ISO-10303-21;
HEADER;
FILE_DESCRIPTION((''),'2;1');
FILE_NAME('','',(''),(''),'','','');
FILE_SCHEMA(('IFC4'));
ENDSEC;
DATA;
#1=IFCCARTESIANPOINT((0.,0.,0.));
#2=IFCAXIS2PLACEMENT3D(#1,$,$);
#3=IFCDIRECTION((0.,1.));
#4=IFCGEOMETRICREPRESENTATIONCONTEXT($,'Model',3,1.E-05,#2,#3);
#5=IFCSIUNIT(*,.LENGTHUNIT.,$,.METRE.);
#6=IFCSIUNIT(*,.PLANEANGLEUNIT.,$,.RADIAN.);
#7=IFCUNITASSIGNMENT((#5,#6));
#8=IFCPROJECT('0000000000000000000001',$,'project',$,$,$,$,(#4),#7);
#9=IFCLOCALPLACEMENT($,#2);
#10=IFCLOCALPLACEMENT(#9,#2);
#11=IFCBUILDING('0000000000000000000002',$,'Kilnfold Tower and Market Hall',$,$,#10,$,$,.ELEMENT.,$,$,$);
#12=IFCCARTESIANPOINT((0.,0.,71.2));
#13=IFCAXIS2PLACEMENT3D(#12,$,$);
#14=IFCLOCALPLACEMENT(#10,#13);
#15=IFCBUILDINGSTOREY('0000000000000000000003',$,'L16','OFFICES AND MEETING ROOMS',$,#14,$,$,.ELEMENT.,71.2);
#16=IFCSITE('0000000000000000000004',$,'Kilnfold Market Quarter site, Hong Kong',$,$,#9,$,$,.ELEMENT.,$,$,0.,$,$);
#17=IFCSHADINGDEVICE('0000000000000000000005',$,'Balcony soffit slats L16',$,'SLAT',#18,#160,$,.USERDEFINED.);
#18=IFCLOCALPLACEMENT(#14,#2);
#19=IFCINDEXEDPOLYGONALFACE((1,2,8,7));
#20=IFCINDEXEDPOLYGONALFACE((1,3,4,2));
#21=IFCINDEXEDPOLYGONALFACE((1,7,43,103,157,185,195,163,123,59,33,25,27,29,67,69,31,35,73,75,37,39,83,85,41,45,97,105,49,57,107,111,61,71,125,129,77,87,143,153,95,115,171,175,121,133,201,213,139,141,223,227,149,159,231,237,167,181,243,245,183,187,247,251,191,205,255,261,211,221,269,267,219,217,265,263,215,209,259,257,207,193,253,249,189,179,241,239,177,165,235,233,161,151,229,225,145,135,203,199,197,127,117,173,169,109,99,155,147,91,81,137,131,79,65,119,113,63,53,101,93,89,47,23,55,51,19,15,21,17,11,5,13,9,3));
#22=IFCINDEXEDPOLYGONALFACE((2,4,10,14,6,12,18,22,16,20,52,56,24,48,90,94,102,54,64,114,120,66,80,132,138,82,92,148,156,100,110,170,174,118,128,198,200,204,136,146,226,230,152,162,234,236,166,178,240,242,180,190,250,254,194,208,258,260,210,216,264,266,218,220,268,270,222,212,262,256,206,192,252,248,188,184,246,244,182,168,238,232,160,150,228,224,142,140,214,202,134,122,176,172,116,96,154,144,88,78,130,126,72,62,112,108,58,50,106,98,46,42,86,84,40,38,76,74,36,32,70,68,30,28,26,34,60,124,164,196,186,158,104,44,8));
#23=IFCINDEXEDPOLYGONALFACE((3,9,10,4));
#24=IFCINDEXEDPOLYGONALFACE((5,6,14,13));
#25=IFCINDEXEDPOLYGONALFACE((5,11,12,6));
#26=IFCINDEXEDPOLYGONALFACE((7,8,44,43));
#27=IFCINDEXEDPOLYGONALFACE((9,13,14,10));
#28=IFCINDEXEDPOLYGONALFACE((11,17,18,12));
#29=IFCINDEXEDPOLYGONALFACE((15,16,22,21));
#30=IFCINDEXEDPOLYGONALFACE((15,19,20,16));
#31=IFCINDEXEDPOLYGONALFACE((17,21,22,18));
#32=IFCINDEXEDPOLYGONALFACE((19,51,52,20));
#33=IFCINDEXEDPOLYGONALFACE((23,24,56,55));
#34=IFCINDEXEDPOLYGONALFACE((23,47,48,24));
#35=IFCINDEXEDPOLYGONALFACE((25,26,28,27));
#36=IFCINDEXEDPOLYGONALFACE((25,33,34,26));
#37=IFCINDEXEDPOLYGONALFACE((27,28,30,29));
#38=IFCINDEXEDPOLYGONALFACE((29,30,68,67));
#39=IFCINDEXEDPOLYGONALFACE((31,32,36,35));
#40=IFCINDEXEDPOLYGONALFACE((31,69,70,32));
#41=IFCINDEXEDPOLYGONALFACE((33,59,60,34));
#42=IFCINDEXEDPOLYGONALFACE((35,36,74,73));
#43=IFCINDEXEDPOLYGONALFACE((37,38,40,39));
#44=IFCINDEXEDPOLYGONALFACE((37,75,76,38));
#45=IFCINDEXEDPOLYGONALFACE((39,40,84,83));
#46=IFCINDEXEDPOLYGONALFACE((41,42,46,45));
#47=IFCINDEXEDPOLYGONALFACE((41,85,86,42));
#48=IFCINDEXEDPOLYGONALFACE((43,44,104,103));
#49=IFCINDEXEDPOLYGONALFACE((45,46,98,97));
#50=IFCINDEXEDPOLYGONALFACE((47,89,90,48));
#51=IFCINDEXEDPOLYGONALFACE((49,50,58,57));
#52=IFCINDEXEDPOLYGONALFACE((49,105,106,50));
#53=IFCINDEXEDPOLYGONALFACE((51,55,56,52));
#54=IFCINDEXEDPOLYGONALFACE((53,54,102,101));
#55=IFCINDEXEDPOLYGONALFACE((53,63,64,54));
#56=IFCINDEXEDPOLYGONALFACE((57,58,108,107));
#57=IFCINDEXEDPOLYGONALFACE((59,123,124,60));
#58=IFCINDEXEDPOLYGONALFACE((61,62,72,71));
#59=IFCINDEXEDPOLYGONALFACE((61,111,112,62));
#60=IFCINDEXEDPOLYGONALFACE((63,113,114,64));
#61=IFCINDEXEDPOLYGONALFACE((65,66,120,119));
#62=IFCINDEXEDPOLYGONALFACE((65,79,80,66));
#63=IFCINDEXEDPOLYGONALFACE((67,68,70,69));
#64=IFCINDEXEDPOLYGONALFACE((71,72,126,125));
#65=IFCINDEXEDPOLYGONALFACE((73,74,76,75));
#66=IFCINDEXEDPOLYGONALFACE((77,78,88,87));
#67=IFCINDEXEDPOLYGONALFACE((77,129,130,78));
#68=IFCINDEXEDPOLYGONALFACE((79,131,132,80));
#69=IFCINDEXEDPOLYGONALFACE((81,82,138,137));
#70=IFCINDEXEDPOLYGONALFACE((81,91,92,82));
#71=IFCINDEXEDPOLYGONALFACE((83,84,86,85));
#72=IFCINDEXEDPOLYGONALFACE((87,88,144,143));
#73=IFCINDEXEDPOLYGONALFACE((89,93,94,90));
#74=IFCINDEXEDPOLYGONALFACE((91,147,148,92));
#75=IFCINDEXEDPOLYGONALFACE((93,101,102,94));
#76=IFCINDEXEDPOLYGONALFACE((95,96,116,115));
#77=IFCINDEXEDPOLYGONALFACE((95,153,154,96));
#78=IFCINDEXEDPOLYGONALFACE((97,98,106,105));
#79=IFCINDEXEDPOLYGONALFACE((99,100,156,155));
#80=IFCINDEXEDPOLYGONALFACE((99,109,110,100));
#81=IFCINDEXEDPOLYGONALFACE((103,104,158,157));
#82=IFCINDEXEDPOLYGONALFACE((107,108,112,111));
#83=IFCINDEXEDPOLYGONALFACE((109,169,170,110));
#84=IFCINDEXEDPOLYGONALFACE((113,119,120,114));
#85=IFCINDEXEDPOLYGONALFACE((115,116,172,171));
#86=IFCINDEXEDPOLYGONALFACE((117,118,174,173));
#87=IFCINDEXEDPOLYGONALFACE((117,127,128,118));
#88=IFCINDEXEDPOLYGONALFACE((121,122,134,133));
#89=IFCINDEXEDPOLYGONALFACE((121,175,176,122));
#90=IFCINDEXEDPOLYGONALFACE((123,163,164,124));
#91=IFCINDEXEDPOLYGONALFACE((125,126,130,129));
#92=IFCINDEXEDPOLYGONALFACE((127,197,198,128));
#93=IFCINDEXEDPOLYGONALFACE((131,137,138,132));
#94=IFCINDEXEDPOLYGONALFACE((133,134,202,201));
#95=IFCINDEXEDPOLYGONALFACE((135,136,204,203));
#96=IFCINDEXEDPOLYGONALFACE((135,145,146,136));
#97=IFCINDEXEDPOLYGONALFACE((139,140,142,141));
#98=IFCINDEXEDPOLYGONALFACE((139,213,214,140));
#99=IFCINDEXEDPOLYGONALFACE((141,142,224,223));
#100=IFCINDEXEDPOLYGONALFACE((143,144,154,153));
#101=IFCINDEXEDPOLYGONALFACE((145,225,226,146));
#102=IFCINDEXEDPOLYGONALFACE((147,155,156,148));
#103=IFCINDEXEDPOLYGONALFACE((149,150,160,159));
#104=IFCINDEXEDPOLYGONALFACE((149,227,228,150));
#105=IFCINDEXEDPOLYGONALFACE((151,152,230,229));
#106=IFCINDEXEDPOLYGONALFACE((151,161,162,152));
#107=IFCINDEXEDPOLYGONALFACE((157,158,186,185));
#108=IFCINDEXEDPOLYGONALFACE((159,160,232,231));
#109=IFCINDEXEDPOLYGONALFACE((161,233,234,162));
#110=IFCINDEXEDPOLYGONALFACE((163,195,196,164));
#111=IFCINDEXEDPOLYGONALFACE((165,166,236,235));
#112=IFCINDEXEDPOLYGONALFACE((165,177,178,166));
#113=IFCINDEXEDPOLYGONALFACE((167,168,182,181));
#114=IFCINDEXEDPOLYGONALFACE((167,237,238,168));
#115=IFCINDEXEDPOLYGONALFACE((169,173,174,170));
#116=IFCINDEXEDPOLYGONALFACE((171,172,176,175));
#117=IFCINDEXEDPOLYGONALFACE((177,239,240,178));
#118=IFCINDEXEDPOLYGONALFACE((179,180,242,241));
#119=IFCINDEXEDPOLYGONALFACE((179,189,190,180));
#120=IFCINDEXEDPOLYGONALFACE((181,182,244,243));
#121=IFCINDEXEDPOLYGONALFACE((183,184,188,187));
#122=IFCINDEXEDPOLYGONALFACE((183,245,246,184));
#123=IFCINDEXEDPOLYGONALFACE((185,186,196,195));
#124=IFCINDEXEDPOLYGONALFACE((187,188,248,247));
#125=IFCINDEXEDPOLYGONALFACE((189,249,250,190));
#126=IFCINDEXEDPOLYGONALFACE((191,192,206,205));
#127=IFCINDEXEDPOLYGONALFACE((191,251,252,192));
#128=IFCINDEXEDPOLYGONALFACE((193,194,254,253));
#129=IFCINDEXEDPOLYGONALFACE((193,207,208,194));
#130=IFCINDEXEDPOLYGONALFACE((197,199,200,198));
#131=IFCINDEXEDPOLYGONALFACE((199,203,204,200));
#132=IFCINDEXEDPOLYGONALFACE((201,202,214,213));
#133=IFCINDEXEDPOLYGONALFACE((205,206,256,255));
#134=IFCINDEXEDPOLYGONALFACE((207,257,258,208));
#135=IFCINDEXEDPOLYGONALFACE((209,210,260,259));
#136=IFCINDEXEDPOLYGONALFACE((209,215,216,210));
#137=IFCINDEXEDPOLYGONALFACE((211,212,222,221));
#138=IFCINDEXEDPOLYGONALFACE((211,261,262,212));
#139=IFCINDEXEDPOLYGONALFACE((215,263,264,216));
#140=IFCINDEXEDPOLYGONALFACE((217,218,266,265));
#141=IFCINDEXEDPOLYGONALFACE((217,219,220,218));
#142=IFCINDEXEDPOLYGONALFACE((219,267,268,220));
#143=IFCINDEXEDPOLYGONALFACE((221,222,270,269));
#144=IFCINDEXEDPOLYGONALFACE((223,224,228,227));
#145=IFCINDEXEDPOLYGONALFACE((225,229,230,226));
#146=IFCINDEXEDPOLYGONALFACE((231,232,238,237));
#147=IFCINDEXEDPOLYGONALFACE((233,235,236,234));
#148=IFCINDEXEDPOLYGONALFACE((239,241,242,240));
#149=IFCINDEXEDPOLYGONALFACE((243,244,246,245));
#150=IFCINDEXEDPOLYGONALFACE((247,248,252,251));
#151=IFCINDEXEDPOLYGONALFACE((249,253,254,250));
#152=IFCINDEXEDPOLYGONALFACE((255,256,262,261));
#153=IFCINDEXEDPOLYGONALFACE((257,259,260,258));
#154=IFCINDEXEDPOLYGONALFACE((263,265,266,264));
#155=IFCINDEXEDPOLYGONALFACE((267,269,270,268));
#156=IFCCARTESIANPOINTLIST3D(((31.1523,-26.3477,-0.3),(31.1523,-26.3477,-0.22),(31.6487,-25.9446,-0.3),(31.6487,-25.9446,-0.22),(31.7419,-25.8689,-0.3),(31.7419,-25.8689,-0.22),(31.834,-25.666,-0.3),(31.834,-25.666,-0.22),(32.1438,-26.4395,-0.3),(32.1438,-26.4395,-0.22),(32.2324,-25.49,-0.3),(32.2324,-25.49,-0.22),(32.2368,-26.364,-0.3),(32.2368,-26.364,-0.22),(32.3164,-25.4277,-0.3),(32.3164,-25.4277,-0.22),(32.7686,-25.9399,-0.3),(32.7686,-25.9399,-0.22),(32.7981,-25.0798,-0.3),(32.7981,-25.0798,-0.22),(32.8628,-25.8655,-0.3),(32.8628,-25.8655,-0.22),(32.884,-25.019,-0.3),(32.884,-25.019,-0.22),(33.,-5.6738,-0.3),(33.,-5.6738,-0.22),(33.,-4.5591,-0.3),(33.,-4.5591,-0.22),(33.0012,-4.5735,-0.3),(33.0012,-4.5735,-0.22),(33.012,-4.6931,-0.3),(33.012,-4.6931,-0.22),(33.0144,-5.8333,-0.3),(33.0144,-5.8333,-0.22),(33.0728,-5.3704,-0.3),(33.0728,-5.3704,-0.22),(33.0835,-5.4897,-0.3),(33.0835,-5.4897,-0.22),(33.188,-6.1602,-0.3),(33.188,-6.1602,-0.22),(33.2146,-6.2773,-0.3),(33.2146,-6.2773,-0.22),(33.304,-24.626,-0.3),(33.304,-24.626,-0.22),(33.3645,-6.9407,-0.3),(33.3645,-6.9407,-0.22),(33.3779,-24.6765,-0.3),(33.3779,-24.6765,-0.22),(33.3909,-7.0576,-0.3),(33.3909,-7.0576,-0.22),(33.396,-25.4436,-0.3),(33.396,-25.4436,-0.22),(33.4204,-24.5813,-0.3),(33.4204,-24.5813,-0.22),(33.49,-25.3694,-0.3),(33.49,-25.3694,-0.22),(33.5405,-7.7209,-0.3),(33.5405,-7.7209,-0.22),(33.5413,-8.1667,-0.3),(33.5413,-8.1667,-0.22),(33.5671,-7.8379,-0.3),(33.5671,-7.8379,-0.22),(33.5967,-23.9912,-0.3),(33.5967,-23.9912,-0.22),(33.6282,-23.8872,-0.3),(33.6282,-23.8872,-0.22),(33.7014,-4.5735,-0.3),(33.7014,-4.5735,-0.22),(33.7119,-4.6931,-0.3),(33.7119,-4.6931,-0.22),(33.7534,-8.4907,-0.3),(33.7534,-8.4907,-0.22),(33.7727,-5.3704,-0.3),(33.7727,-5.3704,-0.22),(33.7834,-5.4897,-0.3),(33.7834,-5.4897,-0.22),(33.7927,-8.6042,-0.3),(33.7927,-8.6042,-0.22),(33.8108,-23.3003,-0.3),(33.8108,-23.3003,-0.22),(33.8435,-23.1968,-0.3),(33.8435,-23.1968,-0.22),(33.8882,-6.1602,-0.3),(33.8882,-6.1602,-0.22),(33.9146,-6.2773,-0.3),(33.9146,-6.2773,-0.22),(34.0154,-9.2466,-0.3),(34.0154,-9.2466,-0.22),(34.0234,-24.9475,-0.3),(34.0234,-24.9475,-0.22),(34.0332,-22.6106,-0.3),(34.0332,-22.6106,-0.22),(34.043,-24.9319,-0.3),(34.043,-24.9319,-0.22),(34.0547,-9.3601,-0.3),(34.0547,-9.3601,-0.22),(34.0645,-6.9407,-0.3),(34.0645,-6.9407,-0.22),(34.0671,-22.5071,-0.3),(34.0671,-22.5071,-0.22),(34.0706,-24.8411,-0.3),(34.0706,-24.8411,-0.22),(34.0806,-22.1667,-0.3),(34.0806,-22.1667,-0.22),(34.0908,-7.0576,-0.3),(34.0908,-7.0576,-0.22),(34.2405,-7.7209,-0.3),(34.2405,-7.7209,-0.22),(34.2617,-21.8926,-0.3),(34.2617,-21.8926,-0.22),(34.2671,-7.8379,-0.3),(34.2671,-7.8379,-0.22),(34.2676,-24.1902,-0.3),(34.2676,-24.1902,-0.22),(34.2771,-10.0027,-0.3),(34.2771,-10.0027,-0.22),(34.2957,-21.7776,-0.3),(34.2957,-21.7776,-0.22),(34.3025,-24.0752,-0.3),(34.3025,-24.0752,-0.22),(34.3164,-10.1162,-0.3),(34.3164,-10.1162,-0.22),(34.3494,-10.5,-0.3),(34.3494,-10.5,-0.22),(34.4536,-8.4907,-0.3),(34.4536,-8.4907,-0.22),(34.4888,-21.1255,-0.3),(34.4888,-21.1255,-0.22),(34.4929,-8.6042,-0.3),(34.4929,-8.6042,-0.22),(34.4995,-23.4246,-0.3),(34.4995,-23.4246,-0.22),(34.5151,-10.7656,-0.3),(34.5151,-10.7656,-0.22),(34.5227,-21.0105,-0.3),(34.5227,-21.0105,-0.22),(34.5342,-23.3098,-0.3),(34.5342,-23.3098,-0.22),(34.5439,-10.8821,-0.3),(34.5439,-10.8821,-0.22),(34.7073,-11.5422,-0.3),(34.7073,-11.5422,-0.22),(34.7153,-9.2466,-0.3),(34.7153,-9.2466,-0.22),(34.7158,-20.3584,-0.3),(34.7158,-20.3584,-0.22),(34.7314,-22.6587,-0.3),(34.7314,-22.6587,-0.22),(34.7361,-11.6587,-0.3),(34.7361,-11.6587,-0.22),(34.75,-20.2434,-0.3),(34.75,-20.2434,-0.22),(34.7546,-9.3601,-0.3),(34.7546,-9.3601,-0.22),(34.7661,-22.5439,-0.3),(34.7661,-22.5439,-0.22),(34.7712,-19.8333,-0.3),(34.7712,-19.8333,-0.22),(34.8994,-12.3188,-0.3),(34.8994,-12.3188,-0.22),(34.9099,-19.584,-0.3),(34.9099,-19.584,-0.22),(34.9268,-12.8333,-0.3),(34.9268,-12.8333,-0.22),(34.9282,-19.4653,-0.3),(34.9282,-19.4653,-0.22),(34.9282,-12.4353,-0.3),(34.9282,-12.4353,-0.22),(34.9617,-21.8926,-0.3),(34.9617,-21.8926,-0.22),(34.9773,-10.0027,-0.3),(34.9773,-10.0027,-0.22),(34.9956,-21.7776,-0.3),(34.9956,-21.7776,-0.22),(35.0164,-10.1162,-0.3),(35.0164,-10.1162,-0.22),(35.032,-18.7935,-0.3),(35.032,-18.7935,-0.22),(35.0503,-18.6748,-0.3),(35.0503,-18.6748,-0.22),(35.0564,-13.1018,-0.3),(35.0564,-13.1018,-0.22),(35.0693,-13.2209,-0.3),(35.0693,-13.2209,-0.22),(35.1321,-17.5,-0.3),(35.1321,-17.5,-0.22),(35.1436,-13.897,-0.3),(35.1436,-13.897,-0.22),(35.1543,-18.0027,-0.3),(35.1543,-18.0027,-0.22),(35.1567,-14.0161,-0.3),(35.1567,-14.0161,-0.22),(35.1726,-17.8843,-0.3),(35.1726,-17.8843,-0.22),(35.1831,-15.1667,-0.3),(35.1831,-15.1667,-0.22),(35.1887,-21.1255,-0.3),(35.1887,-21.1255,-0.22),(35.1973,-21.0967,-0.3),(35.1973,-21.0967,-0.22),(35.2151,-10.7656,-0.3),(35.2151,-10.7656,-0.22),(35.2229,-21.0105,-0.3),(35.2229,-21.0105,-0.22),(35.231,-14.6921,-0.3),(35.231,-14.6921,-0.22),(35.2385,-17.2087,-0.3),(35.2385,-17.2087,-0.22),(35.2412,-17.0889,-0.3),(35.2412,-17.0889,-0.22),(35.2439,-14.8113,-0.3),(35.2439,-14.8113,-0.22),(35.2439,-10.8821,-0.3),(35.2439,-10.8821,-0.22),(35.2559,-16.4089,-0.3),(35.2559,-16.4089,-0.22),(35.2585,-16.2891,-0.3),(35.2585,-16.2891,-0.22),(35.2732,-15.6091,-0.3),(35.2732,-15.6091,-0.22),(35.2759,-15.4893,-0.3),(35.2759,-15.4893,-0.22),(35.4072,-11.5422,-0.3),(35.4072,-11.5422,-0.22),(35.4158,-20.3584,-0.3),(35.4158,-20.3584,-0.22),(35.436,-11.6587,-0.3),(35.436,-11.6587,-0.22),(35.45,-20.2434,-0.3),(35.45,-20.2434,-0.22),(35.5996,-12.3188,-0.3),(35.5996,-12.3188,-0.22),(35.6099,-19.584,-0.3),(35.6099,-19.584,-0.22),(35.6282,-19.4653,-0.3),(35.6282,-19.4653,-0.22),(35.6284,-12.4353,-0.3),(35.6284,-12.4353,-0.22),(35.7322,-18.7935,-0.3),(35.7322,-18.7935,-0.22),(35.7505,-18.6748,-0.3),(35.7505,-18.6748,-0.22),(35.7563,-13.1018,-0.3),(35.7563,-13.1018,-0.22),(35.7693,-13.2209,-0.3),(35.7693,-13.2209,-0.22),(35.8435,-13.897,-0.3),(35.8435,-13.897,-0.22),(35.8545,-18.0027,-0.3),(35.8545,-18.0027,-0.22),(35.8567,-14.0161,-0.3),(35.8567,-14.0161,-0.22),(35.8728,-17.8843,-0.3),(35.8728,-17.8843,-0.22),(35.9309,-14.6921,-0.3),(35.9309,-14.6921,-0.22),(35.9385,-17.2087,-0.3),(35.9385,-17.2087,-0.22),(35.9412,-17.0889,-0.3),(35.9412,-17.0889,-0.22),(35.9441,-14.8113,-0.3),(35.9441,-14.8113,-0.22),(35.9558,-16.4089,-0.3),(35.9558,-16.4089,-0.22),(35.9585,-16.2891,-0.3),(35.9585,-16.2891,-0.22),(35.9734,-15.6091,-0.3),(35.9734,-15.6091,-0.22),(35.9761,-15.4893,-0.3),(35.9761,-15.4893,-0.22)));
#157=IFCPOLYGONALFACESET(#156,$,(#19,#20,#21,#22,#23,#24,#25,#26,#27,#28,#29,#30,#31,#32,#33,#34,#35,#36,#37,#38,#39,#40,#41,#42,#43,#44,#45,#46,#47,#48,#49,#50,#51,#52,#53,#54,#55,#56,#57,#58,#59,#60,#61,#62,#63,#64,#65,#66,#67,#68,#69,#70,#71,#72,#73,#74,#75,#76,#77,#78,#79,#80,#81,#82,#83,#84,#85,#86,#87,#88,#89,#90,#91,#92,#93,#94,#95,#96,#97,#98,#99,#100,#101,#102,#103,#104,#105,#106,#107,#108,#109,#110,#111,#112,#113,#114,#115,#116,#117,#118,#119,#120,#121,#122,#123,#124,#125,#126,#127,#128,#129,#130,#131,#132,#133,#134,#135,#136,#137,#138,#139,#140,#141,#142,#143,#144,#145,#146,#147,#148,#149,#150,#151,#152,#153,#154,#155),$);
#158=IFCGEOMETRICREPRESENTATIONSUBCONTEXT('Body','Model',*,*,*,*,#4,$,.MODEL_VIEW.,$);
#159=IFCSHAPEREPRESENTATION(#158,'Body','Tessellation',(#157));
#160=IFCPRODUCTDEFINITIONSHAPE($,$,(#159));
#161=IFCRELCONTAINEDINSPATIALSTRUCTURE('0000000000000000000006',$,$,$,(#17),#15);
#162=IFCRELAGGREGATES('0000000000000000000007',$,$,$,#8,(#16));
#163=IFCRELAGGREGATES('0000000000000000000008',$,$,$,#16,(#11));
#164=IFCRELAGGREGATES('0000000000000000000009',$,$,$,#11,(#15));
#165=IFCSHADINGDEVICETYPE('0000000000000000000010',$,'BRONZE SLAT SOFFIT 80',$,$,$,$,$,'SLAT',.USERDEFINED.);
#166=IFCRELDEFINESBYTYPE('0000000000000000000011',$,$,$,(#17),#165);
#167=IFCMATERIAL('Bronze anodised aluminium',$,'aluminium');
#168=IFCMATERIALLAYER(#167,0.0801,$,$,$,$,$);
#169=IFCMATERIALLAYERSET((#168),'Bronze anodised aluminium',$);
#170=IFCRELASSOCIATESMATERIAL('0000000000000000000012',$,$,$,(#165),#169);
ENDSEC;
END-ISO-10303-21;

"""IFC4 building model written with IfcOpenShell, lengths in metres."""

from ifc_helpers import new_model, si_unit, direction, frame, origin, place, context, subcontext, project, spatial, polyline, outline, extrude, source, transform, mapped, material, layer, layer_set, type_object, element, save


model = new_model("IFC4")

# Units and contexts
model_context = context("Model", 3, precision=1e-05, world=origin(), true_north=direction((0.0, 1.0)))
body_context = subcontext(model_context, "Body", "Model", "MODEL_VIEW")
ifc_project = project(units=[si_unit("LENGTHUNIT", "METRE"), si_unit("PLANEANGLEUNIT", "RADIAN")], contexts=[model_context])

# Site, building, storey
site_placement = place(None, origin())
site = spatial("IfcSite", under=ifc_project, at=site_placement, Name="Kilnfold Market Quarter site, Hong Kong", CompositionType="ELEMENT", RefElevation=0.0)
building_placement = place(site_placement, origin())
building = spatial("IfcBuilding", under=site, at=building_placement, Name="Kilnfold Tower and Market Hall", CompositionType="ELEMENT")
storey_placement = place(building_placement, frame((0.0, 0.0, 71.2)))
storey = spatial("IfcBuildingStorey", under=building, at=storey_placement, Name="L16", Description="OFFICES AND MEETING ROOMS", CompositionType="ELEMENT", Elevation=71.2)

# Shading device
ifc_material_1 = material(Name="Bronze anodised aluminium", Category="aluminium")
ifc_layer_1 = layer(ifc_material_1, 0.0801)
ifc_layer_set_1 = layer_set([ifc_layer_1], Name="Bronze anodised aluminium")
shading_device_type_1 = type_object("IfcShadingDeviceType", Name="BRONZE SLAT SOFFIT 80", ElementType="SLAT", PredefinedType="USERDEFINED", material=ifc_layer_set_1)
shared_shape_1 = source(origin(), body_context, "Body", "SweptSolid", [
    extrude(outline(polyline([(33.304, -24.626), (34.0806, -22.1667), (34.7712, -19.8333), (35.1321, -17.5), (35.1831, -15.1667), (34.9268, -12.8333), (34.3494, -10.5), (33.5413, -8.1667), (33.0144, -5.8333), (33.0, -5.6738), (33.0, -4.5591), (33.0012, -4.5735), (33.7014, -4.5735), (33.7119, -4.6931), (33.012, -4.6931), (33.0728, -5.3704), (33.7727, -5.3704), (33.7834, -5.4897), (33.0835, -5.4897), (33.188, -6.1602), (33.8882, -6.1602), (33.9146, -6.2773), (33.2146, -6.2773), (33.3645, -6.9407), (34.0645, -6.9407), (34.0908, -7.0576), (33.3909, -7.0576), (33.5405, -7.7209), (34.2405, -7.7209), (34.2671, -7.8379), (33.5671, -7.8379), (33.7534, -8.4907), (34.4536, -8.4907), (34.4929, -8.6042), (33.7927, -8.6042), (34.0154, -9.2466), (34.7153, -9.2466), (34.7546, -9.3601), (34.0547, -9.3601), (34.2771, -10.0027), (34.9773, -10.0027), (35.0164, -10.1162), (34.3164, -10.1162), (34.5151, -10.7656), (35.2151, -10.7656), (35.2439, -10.8821), (34.5439, -10.8821), (34.7073, -11.5422), (35.4072, -11.5422), (35.436, -11.6587), (34.7361, -11.6587), (34.8994, -12.3188), (35.5996, -12.3188), (35.6284, -12.4353), (34.9282, -12.4353), (35.0564, -13.1018), (35.7563, -13.1018), (35.7693, -13.2209), (35.0693, -13.2209), (35.1436, -13.897), (35.8435, -13.897), (35.8567, -14.0161), (35.1567, -14.0161), (35.231, -14.6921), (35.9309, -14.6921), (35.9441, -14.8113), (35.2439, -14.8113), (35.2759, -15.4893), (35.9761, -15.4893), (35.9734, -15.6091), (35.2732, -15.6091), (35.2585, -16.2891), (35.9585, -16.2891), (35.9558, -16.4089), (35.2559, -16.4089), (35.2412, -17.0889), (35.9412, -17.0889), (35.9385, -17.2087), (35.2385, -17.2087), (35.1726, -17.8843), (35.8728, -17.8843), (35.8545, -18.0027), (35.1543, -18.0027), (35.0503, -18.6748), (35.7505, -18.6748), (35.7322, -18.7935), (35.032, -18.7935), (34.9282, -19.4653), (35.6282, -19.4653), (35.6099, -19.584), (34.9099, -19.584), (34.75, -20.2434), (35.45, -20.2434), (35.4158, -20.3584), (34.7158, -20.3584), (34.5227, -21.0105), (35.2229, -21.0105), (35.1973, -21.0967), (35.1887, -21.1255), (34.4888, -21.1255), (34.2957, -21.7776), (34.9956, -21.7776), (34.9617, -21.8926), (34.2617, -21.8926), (34.0671, -22.5071), (34.7661, -22.5439), (34.7314, -22.6587), (34.0332, -22.6106), (33.8435, -23.1968), (34.5342, -23.3098), (34.4995, -23.4246), (33.8108, -23.3003), (33.6282, -23.8872), (34.3025, -24.0752), (34.2676, -24.1902), (33.5967, -23.9912), (33.4204, -24.5813), (34.0706, -24.8411), (34.043, -24.9319), (34.0234, -24.9475), (33.3779, -24.6765), (32.884, -25.019), (33.49, -25.3694), (33.396, -25.4436), (32.7981, -25.0798), (32.3164, -25.4277), (32.8628, -25.8655), (32.7686, -25.9399), (32.2324, -25.49), (31.7419, -25.8689), (32.2368, -26.364), (32.1438, -26.4395), (31.6487, -25.9446), (31.1523, -26.3477), (31.834, -25.666), (33.304, -24.626)])), origin(), (0.0, 0.0, 1.0), 0.0801),
])
shading_device_1_placement = place(storey_placement, frame((0.0, 0.0, -0.3)))
element("IfcShadingDevice", 1, at=shading_device_1_placement, inside=storey, type_object=shading_device_type_1, Name="Balcony soffit slats L16", ObjectType="SLAT", PredefinedType="USERDEFINED", context=body_context, shape_type="MappedRepresentation", body=[
    mapped(shared_shape_1, transform((0.0, 0.0, 0.0))),
])

save(model, "model.ifc")
